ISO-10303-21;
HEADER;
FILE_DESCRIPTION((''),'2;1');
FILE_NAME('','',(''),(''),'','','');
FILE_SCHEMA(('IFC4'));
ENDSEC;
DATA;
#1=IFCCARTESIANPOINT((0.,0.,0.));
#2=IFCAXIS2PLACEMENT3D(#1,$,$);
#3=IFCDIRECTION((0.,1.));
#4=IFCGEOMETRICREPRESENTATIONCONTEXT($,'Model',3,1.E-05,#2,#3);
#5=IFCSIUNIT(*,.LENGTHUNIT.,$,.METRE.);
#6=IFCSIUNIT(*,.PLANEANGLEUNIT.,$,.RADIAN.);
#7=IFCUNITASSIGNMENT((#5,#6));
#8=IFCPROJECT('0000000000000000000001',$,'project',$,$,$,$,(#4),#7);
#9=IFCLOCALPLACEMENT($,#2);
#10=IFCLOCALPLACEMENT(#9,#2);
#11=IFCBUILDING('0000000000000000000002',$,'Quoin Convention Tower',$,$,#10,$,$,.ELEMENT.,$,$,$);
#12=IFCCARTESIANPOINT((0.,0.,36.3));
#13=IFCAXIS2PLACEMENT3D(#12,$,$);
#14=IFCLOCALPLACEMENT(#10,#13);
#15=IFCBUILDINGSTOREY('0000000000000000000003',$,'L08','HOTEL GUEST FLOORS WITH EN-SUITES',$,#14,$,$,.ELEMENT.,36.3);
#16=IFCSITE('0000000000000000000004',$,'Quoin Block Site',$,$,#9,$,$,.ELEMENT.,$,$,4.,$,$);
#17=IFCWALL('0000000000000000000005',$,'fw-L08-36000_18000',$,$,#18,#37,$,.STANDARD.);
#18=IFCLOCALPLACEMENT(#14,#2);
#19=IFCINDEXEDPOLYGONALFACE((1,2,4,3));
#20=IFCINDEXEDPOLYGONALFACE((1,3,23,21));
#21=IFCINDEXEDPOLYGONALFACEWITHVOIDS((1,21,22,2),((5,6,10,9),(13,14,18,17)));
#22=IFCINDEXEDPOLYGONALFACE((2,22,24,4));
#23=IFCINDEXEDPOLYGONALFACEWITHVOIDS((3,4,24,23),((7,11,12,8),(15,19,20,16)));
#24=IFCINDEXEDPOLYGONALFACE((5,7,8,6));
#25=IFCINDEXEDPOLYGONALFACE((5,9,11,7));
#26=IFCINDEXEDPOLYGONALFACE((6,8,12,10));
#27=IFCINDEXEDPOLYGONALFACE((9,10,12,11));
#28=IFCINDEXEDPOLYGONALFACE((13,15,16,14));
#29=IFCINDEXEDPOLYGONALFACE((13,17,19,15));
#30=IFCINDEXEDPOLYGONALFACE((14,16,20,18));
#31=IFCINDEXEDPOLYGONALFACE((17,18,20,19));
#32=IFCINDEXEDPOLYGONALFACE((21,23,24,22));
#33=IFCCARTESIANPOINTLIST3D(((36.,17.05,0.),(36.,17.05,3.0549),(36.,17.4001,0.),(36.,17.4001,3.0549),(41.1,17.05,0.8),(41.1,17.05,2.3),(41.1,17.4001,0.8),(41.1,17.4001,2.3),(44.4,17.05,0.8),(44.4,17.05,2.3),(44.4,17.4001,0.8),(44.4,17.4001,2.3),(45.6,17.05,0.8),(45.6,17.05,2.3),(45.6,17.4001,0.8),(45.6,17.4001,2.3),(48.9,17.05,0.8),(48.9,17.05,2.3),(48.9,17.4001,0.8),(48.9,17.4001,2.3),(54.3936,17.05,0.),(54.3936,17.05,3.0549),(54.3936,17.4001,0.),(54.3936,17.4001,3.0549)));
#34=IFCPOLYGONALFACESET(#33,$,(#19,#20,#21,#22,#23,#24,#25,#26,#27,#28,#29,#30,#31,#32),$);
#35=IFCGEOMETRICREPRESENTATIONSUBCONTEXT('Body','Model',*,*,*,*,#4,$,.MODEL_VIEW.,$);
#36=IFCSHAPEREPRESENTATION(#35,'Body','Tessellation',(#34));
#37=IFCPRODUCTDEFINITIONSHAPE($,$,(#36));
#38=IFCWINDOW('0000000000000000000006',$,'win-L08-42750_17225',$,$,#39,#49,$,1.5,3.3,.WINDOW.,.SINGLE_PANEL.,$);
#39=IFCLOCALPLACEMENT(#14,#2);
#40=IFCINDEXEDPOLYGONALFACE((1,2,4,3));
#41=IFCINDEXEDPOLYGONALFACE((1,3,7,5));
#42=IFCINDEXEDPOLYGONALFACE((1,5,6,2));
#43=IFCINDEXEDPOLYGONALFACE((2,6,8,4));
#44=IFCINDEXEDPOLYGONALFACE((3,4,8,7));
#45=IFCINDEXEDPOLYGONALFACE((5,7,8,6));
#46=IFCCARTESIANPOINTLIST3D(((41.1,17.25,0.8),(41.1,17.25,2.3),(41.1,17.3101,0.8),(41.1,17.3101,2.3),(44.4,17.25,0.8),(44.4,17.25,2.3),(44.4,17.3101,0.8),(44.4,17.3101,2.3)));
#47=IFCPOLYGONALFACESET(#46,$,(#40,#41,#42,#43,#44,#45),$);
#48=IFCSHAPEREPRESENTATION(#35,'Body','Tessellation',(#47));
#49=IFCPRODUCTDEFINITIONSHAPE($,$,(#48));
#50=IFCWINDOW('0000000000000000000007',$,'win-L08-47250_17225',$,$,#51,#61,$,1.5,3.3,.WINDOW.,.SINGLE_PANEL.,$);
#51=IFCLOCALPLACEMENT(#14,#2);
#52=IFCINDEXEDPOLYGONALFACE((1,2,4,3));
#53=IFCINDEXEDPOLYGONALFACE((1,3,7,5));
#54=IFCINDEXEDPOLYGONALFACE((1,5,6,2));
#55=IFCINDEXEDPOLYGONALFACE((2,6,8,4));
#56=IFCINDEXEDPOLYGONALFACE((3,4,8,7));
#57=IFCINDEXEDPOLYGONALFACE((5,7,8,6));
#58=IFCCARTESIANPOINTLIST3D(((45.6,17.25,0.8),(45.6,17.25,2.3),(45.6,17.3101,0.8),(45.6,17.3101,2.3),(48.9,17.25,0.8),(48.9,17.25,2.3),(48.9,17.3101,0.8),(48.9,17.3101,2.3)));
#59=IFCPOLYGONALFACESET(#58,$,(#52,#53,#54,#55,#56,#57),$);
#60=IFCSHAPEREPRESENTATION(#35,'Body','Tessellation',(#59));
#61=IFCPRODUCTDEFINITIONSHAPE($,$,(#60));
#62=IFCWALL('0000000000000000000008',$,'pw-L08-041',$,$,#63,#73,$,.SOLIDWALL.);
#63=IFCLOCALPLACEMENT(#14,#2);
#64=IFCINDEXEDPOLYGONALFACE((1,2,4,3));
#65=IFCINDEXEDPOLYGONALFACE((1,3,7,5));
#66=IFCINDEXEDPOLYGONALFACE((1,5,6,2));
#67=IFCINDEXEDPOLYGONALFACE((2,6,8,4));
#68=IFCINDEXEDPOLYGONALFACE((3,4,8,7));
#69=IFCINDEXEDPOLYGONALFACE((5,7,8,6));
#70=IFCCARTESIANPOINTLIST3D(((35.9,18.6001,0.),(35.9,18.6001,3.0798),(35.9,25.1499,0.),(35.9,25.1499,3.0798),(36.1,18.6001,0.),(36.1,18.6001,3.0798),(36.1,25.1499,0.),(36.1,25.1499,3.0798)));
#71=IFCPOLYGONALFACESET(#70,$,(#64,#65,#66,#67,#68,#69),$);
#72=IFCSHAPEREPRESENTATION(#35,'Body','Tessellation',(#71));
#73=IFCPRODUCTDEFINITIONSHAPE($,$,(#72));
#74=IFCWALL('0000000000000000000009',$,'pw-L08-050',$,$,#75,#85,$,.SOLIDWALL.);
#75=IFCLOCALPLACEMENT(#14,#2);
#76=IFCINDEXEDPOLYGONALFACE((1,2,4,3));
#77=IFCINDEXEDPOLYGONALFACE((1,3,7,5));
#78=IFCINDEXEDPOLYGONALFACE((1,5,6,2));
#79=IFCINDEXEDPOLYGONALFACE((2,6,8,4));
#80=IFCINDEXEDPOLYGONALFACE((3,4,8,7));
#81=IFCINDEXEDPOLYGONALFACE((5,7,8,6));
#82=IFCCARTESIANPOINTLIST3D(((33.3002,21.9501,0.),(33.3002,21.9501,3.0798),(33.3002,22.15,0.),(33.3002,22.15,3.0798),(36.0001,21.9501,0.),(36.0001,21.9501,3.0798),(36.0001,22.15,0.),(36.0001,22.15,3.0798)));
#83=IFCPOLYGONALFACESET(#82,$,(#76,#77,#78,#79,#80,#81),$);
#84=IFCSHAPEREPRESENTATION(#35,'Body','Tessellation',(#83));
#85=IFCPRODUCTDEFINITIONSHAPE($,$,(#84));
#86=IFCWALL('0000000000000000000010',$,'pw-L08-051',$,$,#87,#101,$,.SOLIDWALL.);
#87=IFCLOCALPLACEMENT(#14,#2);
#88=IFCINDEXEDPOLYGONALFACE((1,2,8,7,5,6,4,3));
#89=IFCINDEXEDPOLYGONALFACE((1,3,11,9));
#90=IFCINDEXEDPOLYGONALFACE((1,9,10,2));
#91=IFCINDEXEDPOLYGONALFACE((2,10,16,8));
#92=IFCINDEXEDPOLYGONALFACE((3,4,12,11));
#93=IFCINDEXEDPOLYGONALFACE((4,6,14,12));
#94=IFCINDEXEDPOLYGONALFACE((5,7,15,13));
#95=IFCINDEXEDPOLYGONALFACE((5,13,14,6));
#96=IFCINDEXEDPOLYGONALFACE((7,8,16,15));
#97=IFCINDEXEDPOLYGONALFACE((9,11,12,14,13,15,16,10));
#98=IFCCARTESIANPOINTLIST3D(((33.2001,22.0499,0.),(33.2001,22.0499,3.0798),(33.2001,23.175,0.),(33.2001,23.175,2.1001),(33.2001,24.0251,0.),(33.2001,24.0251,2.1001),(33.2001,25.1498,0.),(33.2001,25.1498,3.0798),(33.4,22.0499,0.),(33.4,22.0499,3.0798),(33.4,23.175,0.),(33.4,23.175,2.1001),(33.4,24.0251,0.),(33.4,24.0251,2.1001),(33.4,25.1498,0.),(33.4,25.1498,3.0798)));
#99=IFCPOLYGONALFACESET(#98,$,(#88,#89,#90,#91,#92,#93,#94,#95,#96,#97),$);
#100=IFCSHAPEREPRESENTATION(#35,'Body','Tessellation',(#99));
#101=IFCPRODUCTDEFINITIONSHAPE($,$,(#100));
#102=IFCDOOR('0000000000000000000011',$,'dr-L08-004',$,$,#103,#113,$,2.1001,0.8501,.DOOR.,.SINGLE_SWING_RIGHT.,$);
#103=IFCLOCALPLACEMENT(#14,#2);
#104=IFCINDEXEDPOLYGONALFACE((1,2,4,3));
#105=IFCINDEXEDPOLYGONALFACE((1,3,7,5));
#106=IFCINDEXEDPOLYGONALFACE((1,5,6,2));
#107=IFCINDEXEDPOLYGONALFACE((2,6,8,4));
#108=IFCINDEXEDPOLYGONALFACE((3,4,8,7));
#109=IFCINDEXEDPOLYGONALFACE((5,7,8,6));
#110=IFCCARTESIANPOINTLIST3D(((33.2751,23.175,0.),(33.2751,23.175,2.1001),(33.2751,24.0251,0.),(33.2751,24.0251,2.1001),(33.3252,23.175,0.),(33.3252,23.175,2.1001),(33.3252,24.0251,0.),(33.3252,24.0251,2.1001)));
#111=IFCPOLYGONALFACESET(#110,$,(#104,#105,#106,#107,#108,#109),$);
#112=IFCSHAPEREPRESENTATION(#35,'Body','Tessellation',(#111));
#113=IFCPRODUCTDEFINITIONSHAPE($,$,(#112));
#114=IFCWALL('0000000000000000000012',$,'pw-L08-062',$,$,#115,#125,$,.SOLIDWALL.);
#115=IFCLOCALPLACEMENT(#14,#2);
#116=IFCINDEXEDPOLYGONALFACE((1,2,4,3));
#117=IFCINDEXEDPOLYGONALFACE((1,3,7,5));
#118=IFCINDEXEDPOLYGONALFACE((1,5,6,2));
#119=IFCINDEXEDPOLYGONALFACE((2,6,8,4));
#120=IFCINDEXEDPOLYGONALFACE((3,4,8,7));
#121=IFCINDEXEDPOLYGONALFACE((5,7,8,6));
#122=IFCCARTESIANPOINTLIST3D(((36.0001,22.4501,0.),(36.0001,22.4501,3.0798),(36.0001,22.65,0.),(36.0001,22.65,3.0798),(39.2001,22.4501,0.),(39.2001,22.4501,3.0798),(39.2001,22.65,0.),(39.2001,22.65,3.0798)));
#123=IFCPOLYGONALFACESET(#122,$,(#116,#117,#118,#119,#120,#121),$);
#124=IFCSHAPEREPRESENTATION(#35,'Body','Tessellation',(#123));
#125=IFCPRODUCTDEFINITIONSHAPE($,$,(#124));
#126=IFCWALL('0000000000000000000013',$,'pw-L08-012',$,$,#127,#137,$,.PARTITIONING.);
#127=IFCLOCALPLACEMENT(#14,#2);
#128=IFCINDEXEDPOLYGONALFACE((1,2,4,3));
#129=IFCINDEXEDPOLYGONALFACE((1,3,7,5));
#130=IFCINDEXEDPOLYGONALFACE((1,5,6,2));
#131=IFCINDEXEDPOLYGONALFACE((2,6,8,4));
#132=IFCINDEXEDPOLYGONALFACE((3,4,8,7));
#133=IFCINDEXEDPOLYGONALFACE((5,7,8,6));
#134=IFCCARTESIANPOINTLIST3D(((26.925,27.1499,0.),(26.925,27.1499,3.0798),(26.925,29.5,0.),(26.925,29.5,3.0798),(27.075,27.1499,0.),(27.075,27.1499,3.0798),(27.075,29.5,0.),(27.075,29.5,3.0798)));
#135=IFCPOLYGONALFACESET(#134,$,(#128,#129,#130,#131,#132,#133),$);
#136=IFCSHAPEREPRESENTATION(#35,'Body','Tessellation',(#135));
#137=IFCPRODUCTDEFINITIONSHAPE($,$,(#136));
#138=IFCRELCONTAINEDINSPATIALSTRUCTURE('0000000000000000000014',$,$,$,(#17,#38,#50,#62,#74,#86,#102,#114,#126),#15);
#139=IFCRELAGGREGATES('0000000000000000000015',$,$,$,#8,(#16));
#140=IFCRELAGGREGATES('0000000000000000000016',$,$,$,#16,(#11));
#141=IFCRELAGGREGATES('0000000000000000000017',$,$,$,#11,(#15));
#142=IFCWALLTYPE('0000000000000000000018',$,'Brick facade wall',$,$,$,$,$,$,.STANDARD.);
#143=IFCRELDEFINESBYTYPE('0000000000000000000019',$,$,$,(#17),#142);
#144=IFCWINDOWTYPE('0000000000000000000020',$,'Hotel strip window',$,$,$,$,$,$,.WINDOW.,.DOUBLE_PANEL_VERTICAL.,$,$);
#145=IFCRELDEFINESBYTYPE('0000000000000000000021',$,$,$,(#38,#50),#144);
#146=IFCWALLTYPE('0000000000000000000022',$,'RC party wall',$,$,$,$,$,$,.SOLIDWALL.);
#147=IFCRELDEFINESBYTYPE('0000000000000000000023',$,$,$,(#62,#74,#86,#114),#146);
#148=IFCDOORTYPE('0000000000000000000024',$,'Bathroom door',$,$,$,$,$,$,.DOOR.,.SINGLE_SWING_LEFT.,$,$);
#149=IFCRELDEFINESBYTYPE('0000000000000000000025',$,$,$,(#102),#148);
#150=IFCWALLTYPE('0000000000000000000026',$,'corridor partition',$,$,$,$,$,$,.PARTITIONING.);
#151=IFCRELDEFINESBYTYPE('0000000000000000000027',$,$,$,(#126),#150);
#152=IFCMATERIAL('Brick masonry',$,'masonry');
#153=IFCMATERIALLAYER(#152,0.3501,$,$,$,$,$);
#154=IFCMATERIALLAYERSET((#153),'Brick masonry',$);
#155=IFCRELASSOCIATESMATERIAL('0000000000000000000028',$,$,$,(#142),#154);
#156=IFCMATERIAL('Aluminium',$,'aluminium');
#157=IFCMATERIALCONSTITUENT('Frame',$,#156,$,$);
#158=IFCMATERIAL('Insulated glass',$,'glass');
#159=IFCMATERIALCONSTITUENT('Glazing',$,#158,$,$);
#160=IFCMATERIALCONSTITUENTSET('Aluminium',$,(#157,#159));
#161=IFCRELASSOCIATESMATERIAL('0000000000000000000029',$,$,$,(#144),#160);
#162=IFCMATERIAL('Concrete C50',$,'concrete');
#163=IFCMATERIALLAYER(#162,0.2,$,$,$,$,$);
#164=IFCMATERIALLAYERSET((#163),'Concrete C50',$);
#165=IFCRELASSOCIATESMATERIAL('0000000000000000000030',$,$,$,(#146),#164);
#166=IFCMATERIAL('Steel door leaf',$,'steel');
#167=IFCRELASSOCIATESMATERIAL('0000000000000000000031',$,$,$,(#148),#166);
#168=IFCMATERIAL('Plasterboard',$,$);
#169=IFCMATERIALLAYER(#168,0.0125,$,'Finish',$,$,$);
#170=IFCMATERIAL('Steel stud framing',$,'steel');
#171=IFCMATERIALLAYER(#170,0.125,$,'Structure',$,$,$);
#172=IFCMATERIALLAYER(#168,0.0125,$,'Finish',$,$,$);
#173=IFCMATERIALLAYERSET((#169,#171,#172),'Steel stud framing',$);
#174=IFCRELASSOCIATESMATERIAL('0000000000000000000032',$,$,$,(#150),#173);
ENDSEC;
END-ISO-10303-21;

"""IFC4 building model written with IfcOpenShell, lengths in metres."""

from ifc_helpers import new_model, si_unit, direction, frame, frame_2d, origin, place, context, subcontext, project, spatial, rectangle, extrude, material, layer, layer_set, constituent, constituent_set, type_object, element, fill, save


model = new_model("IFC4")

# Units and contexts
model_context = context("Model", 3, precision=1e-05, world=origin(), true_north=direction((0.0, 1.0)))
body_context = subcontext(model_context, "Body", "Model", "MODEL_VIEW")
ifc_project = project(units=[si_unit("LENGTHUNIT", "METRE"), si_unit("PLANEANGLEUNIT", "RADIAN")], contexts=[model_context])

# Site, building, storey
site_placement = place(None, origin())
site = spatial("IfcSite", under=ifc_project, at=site_placement, Name="Quoin Block Site", CompositionType="ELEMENT", RefElevation=4.0)
building_placement = place(site_placement, origin())
building = spatial("IfcBuilding", under=site, at=building_placement, Name="Quoin Convention Tower", CompositionType="ELEMENT")
storey_placement = place(building_placement, frame((0.0, 0.0, 36.3)))
storey = spatial("IfcBuildingStorey", under=building, at=storey_placement, Name="L08", Description="HOTEL GUEST FLOORS WITH EN-SUITES", CompositionType="ELEMENT", Elevation=36.3)

# Wall, openings, windows
ifc_material_1 = material(Name="Brick masonry", Category="masonry")
ifc_layer_1 = layer(ifc_material_1, 0.3501)
ifc_layer_set_1 = layer_set([ifc_layer_1], Name="Brick masonry")
wall_type_1 = type_object("IfcWallType", Name="Brick facade wall", PredefinedType="STANDARD", material=ifc_layer_set_1)
wall_1_placement = place(storey_placement, frame((36.0, 17.2251, 0.0), z_axis=(0.0, 0.0, 1.0), x_axis=(1.0, 0.0, 0.0)))
wall_1 = element("IfcWall", 1, at=wall_1_placement, inside=storey, type_object=wall_type_1, Name="fw-L08-36000_18000", PredefinedType="STANDARD", context=body_context, shape_type="SweptSolid", body=[
    extrude(rectangle(XDim=18.3936, YDim=0.3501, at=frame_2d((9.1968, 0.0))), origin(), (0.0, 0.0, 1.0), 3.0549),
])
opening_1_placement = place(wall_1_placement, frame((5.1001, 0.0, 0.8)))
opening_1 = element("IfcOpeningElement", 2, at=opening_1_placement, cuts=wall_1, PredefinedType="OPENING", context=body_context, shape_type="SweptSolid", body=[
    extrude(rectangle(XDim=3.3, YDim=1.5, at=frame_2d((1.6499, 0.75))), frame((0.0, 0.1851, 0.0), z_axis=(0.0, -1.0, 0.0), x_axis=(1.0, 0.0, 0.0)), (0.0, 0.0, 1.0), 0.3701),
])
opening_2_placement = place(wall_1_placement, frame((9.6001, 0.0, 0.8)))
opening_2 = element("IfcOpeningElement", 3, at=opening_2_placement, cuts=wall_1, PredefinedType="OPENING", context=body_context, shape_type="SweptSolid", body=[
    extrude(rectangle(XDim=3.3, YDim=1.5, at=frame_2d((1.6499, 0.75))), frame((0.0, 0.1851, 0.0), z_axis=(0.0, -1.0, 0.0), x_axis=(1.0, 0.0, 0.0)), (0.0, 0.0, 1.0), 0.3701),
])
ifc_material_2 = material(Name="Aluminium", Category="aluminium")
ifc_constituent_1 = constituent(ifc_material_2, Name="Frame")
ifc_material_3 = material(Name="Insulated glass", Category="glass")
ifc_constituent_2 = constituent(ifc_material_3, Name="Glazing")
ifc_constituent_set = constituent_set(constituents=[ifc_constituent_1, ifc_constituent_2], Name="Aluminium")
window_type = type_object("IfcWindowType", Name="Hotel strip window", PartitioningType="DOUBLE_PANEL_VERTICAL", PredefinedType="WINDOW", material=ifc_constituent_set)
window_1_placement = place(opening_1_placement, origin())
window_1 = element("IfcWindow", 4, at=window_1_placement, inside=storey, type_object=window_type, Name="win-L08-42750_17225", OverallHeight=1.5, OverallWidth=3.3, PartitioningType="SINGLE_PANEL", PredefinedType="WINDOW", context=body_context, shape_type="SweptSolid", body=[
    extrude(rectangle(XDim=3.3, YDim=1.5, at=frame_2d((1.6499, 0.75))), frame((0.0, 0.085, 0.0), z_axis=(0.0, -1.0, 0.0), x_axis=(1.0, 0.0, 0.0)), (0.0, 0.0, 1.0), 0.0601),
])
fill(opening_1, window_1)
window_2_placement = place(opening_2_placement, origin())
window_2 = element("IfcWindow", 5, at=window_2_placement, inside=storey, type_object=window_type, Name="win-L08-47250_17225", OverallHeight=1.5, OverallWidth=3.3, PartitioningType="SINGLE_PANEL", PredefinedType="WINDOW", context=body_context, shape_type="SweptSolid", body=[
    extrude(rectangle(XDim=3.3, YDim=1.5, at=frame_2d((1.6499, 0.75))), frame((0.0, 0.085, 0.0), z_axis=(0.0, -1.0, 0.0), x_axis=(1.0, 0.0, 0.0)), (0.0, 0.0, 1.0), 0.0601),
])
fill(opening_2, window_2)

# Walls
ifc_material_4 = material(Name="Concrete C50", Category="concrete")
ifc_layer_2 = layer(ifc_material_4, 0.2)
ifc_layer_set_2 = layer_set([ifc_layer_2], Name="Concrete C50")
wall_type_2 = type_object("IfcWallType", Name="RC party wall", PredefinedType="SOLIDWALL", material=ifc_layer_set_2)
wall_2_placement = place(storey_placement, frame((36.0, 18.6001, 0.0), z_axis=(0.0, 0.0, 1.0), x_axis=(0.0, 1.0, 0.0)))
element("IfcWall", 6, at=wall_2_placement, inside=storey, type_object=wall_type_2, Name="pw-L08-041", PredefinedType="SOLIDWALL", context=body_context, shape_type="SweptSolid", body=[
    extrude(rectangle(XDim=6.5498, YDim=0.2, at=frame_2d((3.2749, 0.0))), origin(), (0.0, 0.0, 1.0), 3.0798),
])
wall_3_placement = place(storey_placement, frame((33.3, 22.05, 0.0), z_axis=(0.0, 0.0, 1.0), x_axis=(1.0, 0.0, 0.0)))
element("IfcWall", 7, at=wall_3_placement, inside=storey, type_object=wall_type_2, Name="pw-L08-050", PredefinedType="SOLIDWALL", context=body_context, shape_type="SweptSolid", body=[
    extrude(rectangle(XDim=2.7, YDim=0.2, at=frame_2d((1.3501, 0.0))), origin(), (0.0, 0.0, 1.0), 3.0798),
])

# Wall, opening, door
wall_4_placement = place(storey_placement, frame((33.3, 22.05, 0.0), z_axis=(0.0, 0.0, 1.0), x_axis=(0.0, 1.0, 0.0)))
wall_4 = element("IfcWall", 8, at=wall_4_placement, inside=storey, type_object=wall_type_2, Name="pw-L08-051", PredefinedType="SOLIDWALL", context=body_context, shape_type="SweptSolid", body=[
    extrude(rectangle(XDim=3.0999, YDim=0.2, at=frame_2d((1.5498, 0.0))), origin(), (0.0, 0.0, 1.0), 3.0798),
])
opening_3_placement = place(wall_4_placement, frame((1.125, 0.0, 0.0)))
opening_3 = element("IfcOpeningElement", 9, at=opening_3_placement, cuts=wall_4, PredefinedType="OPENING", context=body_context, shape_type="SweptSolid", body=[
    extrude(rectangle(XDim=0.8501, YDim=2.1001, at=frame_2d((0.425, 1.05))), frame((0.0, 0.1099, 0.0), z_axis=(0.0, -1.0, 0.0), x_axis=(1.0, 0.0, 0.0)), (0.0, 0.0, 1.0), 0.22),
])
ifc_material_5 = material(Name="Steel door leaf", Category="steel")
door_type = type_object("IfcDoorType", Name="Bathroom door", OperationType="SINGLE_SWING_LEFT", PredefinedType="DOOR", material=ifc_material_5)
door_placement = place(opening_3_placement, origin())
door = element("IfcDoor", 10, at=door_placement, inside=storey, type_object=door_type, Name="dr-L08-004", OperationType="SINGLE_SWING_RIGHT", OverallHeight=2.1001, OverallWidth=0.8501, PredefinedType="DOOR", context=body_context, shape_type="SweptSolid", body=[
    extrude(rectangle(XDim=0.8501, YDim=2.1001, at=frame_2d((0.425, 1.05))), frame((0.0, 0.0249, 0.0), z_axis=(0.0, -1.0, 0.0), x_axis=(1.0, 0.0, 0.0)), (0.0, 0.0, 1.0), 0.05),
])
fill(opening_3, door)

# Walls
wall_5_placement = place(storey_placement, frame((36.0, 22.55, 0.0), z_axis=(0.0, 0.0, 1.0), x_axis=(1.0, 0.0, 0.0)))
element("IfcWall", 11, at=wall_5_placement, inside=storey, type_object=wall_type_2, Name="pw-L08-062", PredefinedType="SOLIDWALL", context=body_context, shape_type="SweptSolid", body=[
    extrude(rectangle(XDim=3.2, YDim=0.2, at=frame_2d((1.6001, 0.0))), origin(), (0.0, 0.0, 1.0), 3.0798),
])
ifc_material_6 = material(Name="Plasterboard")
ifc_layer_3 = layer(ifc_material_6, 0.0125, Name="Finish")
ifc_material_7 = material(Name="Steel stud framing", Category="steel")
ifc_layer_4 = layer(ifc_material_7, 0.125, Name="Structure")
ifc_layer_5 = layer(ifc_material_6, 0.0125, Name="Finish")
ifc_layer_set_3 = layer_set([ifc_layer_3, ifc_layer_4, ifc_layer_5], Name="Steel stud framing")
wall_type_3 = type_object("IfcWallType", Name="corridor partition", PredefinedType="PARTITIONING", material=ifc_layer_set_3)
wall_6_placement = place(storey_placement, frame((27.0, 27.1499, 0.0), z_axis=(0.0, 0.0, 1.0), x_axis=(0.0, 1.0, 0.0)))
element("IfcWall", 12, at=wall_6_placement, inside=storey, type_object=wall_type_3, Name="pw-L08-012", PredefinedType="PARTITIONING", context=body_context, shape_type="SweptSolid", body=[
    extrude(rectangle(XDim=2.3501, YDim=0.1499, at=frame_2d((1.175, 0.0))), origin(), (0.0, 0.0, 1.0), 3.0798),
])

save(model, "model.ifc")
